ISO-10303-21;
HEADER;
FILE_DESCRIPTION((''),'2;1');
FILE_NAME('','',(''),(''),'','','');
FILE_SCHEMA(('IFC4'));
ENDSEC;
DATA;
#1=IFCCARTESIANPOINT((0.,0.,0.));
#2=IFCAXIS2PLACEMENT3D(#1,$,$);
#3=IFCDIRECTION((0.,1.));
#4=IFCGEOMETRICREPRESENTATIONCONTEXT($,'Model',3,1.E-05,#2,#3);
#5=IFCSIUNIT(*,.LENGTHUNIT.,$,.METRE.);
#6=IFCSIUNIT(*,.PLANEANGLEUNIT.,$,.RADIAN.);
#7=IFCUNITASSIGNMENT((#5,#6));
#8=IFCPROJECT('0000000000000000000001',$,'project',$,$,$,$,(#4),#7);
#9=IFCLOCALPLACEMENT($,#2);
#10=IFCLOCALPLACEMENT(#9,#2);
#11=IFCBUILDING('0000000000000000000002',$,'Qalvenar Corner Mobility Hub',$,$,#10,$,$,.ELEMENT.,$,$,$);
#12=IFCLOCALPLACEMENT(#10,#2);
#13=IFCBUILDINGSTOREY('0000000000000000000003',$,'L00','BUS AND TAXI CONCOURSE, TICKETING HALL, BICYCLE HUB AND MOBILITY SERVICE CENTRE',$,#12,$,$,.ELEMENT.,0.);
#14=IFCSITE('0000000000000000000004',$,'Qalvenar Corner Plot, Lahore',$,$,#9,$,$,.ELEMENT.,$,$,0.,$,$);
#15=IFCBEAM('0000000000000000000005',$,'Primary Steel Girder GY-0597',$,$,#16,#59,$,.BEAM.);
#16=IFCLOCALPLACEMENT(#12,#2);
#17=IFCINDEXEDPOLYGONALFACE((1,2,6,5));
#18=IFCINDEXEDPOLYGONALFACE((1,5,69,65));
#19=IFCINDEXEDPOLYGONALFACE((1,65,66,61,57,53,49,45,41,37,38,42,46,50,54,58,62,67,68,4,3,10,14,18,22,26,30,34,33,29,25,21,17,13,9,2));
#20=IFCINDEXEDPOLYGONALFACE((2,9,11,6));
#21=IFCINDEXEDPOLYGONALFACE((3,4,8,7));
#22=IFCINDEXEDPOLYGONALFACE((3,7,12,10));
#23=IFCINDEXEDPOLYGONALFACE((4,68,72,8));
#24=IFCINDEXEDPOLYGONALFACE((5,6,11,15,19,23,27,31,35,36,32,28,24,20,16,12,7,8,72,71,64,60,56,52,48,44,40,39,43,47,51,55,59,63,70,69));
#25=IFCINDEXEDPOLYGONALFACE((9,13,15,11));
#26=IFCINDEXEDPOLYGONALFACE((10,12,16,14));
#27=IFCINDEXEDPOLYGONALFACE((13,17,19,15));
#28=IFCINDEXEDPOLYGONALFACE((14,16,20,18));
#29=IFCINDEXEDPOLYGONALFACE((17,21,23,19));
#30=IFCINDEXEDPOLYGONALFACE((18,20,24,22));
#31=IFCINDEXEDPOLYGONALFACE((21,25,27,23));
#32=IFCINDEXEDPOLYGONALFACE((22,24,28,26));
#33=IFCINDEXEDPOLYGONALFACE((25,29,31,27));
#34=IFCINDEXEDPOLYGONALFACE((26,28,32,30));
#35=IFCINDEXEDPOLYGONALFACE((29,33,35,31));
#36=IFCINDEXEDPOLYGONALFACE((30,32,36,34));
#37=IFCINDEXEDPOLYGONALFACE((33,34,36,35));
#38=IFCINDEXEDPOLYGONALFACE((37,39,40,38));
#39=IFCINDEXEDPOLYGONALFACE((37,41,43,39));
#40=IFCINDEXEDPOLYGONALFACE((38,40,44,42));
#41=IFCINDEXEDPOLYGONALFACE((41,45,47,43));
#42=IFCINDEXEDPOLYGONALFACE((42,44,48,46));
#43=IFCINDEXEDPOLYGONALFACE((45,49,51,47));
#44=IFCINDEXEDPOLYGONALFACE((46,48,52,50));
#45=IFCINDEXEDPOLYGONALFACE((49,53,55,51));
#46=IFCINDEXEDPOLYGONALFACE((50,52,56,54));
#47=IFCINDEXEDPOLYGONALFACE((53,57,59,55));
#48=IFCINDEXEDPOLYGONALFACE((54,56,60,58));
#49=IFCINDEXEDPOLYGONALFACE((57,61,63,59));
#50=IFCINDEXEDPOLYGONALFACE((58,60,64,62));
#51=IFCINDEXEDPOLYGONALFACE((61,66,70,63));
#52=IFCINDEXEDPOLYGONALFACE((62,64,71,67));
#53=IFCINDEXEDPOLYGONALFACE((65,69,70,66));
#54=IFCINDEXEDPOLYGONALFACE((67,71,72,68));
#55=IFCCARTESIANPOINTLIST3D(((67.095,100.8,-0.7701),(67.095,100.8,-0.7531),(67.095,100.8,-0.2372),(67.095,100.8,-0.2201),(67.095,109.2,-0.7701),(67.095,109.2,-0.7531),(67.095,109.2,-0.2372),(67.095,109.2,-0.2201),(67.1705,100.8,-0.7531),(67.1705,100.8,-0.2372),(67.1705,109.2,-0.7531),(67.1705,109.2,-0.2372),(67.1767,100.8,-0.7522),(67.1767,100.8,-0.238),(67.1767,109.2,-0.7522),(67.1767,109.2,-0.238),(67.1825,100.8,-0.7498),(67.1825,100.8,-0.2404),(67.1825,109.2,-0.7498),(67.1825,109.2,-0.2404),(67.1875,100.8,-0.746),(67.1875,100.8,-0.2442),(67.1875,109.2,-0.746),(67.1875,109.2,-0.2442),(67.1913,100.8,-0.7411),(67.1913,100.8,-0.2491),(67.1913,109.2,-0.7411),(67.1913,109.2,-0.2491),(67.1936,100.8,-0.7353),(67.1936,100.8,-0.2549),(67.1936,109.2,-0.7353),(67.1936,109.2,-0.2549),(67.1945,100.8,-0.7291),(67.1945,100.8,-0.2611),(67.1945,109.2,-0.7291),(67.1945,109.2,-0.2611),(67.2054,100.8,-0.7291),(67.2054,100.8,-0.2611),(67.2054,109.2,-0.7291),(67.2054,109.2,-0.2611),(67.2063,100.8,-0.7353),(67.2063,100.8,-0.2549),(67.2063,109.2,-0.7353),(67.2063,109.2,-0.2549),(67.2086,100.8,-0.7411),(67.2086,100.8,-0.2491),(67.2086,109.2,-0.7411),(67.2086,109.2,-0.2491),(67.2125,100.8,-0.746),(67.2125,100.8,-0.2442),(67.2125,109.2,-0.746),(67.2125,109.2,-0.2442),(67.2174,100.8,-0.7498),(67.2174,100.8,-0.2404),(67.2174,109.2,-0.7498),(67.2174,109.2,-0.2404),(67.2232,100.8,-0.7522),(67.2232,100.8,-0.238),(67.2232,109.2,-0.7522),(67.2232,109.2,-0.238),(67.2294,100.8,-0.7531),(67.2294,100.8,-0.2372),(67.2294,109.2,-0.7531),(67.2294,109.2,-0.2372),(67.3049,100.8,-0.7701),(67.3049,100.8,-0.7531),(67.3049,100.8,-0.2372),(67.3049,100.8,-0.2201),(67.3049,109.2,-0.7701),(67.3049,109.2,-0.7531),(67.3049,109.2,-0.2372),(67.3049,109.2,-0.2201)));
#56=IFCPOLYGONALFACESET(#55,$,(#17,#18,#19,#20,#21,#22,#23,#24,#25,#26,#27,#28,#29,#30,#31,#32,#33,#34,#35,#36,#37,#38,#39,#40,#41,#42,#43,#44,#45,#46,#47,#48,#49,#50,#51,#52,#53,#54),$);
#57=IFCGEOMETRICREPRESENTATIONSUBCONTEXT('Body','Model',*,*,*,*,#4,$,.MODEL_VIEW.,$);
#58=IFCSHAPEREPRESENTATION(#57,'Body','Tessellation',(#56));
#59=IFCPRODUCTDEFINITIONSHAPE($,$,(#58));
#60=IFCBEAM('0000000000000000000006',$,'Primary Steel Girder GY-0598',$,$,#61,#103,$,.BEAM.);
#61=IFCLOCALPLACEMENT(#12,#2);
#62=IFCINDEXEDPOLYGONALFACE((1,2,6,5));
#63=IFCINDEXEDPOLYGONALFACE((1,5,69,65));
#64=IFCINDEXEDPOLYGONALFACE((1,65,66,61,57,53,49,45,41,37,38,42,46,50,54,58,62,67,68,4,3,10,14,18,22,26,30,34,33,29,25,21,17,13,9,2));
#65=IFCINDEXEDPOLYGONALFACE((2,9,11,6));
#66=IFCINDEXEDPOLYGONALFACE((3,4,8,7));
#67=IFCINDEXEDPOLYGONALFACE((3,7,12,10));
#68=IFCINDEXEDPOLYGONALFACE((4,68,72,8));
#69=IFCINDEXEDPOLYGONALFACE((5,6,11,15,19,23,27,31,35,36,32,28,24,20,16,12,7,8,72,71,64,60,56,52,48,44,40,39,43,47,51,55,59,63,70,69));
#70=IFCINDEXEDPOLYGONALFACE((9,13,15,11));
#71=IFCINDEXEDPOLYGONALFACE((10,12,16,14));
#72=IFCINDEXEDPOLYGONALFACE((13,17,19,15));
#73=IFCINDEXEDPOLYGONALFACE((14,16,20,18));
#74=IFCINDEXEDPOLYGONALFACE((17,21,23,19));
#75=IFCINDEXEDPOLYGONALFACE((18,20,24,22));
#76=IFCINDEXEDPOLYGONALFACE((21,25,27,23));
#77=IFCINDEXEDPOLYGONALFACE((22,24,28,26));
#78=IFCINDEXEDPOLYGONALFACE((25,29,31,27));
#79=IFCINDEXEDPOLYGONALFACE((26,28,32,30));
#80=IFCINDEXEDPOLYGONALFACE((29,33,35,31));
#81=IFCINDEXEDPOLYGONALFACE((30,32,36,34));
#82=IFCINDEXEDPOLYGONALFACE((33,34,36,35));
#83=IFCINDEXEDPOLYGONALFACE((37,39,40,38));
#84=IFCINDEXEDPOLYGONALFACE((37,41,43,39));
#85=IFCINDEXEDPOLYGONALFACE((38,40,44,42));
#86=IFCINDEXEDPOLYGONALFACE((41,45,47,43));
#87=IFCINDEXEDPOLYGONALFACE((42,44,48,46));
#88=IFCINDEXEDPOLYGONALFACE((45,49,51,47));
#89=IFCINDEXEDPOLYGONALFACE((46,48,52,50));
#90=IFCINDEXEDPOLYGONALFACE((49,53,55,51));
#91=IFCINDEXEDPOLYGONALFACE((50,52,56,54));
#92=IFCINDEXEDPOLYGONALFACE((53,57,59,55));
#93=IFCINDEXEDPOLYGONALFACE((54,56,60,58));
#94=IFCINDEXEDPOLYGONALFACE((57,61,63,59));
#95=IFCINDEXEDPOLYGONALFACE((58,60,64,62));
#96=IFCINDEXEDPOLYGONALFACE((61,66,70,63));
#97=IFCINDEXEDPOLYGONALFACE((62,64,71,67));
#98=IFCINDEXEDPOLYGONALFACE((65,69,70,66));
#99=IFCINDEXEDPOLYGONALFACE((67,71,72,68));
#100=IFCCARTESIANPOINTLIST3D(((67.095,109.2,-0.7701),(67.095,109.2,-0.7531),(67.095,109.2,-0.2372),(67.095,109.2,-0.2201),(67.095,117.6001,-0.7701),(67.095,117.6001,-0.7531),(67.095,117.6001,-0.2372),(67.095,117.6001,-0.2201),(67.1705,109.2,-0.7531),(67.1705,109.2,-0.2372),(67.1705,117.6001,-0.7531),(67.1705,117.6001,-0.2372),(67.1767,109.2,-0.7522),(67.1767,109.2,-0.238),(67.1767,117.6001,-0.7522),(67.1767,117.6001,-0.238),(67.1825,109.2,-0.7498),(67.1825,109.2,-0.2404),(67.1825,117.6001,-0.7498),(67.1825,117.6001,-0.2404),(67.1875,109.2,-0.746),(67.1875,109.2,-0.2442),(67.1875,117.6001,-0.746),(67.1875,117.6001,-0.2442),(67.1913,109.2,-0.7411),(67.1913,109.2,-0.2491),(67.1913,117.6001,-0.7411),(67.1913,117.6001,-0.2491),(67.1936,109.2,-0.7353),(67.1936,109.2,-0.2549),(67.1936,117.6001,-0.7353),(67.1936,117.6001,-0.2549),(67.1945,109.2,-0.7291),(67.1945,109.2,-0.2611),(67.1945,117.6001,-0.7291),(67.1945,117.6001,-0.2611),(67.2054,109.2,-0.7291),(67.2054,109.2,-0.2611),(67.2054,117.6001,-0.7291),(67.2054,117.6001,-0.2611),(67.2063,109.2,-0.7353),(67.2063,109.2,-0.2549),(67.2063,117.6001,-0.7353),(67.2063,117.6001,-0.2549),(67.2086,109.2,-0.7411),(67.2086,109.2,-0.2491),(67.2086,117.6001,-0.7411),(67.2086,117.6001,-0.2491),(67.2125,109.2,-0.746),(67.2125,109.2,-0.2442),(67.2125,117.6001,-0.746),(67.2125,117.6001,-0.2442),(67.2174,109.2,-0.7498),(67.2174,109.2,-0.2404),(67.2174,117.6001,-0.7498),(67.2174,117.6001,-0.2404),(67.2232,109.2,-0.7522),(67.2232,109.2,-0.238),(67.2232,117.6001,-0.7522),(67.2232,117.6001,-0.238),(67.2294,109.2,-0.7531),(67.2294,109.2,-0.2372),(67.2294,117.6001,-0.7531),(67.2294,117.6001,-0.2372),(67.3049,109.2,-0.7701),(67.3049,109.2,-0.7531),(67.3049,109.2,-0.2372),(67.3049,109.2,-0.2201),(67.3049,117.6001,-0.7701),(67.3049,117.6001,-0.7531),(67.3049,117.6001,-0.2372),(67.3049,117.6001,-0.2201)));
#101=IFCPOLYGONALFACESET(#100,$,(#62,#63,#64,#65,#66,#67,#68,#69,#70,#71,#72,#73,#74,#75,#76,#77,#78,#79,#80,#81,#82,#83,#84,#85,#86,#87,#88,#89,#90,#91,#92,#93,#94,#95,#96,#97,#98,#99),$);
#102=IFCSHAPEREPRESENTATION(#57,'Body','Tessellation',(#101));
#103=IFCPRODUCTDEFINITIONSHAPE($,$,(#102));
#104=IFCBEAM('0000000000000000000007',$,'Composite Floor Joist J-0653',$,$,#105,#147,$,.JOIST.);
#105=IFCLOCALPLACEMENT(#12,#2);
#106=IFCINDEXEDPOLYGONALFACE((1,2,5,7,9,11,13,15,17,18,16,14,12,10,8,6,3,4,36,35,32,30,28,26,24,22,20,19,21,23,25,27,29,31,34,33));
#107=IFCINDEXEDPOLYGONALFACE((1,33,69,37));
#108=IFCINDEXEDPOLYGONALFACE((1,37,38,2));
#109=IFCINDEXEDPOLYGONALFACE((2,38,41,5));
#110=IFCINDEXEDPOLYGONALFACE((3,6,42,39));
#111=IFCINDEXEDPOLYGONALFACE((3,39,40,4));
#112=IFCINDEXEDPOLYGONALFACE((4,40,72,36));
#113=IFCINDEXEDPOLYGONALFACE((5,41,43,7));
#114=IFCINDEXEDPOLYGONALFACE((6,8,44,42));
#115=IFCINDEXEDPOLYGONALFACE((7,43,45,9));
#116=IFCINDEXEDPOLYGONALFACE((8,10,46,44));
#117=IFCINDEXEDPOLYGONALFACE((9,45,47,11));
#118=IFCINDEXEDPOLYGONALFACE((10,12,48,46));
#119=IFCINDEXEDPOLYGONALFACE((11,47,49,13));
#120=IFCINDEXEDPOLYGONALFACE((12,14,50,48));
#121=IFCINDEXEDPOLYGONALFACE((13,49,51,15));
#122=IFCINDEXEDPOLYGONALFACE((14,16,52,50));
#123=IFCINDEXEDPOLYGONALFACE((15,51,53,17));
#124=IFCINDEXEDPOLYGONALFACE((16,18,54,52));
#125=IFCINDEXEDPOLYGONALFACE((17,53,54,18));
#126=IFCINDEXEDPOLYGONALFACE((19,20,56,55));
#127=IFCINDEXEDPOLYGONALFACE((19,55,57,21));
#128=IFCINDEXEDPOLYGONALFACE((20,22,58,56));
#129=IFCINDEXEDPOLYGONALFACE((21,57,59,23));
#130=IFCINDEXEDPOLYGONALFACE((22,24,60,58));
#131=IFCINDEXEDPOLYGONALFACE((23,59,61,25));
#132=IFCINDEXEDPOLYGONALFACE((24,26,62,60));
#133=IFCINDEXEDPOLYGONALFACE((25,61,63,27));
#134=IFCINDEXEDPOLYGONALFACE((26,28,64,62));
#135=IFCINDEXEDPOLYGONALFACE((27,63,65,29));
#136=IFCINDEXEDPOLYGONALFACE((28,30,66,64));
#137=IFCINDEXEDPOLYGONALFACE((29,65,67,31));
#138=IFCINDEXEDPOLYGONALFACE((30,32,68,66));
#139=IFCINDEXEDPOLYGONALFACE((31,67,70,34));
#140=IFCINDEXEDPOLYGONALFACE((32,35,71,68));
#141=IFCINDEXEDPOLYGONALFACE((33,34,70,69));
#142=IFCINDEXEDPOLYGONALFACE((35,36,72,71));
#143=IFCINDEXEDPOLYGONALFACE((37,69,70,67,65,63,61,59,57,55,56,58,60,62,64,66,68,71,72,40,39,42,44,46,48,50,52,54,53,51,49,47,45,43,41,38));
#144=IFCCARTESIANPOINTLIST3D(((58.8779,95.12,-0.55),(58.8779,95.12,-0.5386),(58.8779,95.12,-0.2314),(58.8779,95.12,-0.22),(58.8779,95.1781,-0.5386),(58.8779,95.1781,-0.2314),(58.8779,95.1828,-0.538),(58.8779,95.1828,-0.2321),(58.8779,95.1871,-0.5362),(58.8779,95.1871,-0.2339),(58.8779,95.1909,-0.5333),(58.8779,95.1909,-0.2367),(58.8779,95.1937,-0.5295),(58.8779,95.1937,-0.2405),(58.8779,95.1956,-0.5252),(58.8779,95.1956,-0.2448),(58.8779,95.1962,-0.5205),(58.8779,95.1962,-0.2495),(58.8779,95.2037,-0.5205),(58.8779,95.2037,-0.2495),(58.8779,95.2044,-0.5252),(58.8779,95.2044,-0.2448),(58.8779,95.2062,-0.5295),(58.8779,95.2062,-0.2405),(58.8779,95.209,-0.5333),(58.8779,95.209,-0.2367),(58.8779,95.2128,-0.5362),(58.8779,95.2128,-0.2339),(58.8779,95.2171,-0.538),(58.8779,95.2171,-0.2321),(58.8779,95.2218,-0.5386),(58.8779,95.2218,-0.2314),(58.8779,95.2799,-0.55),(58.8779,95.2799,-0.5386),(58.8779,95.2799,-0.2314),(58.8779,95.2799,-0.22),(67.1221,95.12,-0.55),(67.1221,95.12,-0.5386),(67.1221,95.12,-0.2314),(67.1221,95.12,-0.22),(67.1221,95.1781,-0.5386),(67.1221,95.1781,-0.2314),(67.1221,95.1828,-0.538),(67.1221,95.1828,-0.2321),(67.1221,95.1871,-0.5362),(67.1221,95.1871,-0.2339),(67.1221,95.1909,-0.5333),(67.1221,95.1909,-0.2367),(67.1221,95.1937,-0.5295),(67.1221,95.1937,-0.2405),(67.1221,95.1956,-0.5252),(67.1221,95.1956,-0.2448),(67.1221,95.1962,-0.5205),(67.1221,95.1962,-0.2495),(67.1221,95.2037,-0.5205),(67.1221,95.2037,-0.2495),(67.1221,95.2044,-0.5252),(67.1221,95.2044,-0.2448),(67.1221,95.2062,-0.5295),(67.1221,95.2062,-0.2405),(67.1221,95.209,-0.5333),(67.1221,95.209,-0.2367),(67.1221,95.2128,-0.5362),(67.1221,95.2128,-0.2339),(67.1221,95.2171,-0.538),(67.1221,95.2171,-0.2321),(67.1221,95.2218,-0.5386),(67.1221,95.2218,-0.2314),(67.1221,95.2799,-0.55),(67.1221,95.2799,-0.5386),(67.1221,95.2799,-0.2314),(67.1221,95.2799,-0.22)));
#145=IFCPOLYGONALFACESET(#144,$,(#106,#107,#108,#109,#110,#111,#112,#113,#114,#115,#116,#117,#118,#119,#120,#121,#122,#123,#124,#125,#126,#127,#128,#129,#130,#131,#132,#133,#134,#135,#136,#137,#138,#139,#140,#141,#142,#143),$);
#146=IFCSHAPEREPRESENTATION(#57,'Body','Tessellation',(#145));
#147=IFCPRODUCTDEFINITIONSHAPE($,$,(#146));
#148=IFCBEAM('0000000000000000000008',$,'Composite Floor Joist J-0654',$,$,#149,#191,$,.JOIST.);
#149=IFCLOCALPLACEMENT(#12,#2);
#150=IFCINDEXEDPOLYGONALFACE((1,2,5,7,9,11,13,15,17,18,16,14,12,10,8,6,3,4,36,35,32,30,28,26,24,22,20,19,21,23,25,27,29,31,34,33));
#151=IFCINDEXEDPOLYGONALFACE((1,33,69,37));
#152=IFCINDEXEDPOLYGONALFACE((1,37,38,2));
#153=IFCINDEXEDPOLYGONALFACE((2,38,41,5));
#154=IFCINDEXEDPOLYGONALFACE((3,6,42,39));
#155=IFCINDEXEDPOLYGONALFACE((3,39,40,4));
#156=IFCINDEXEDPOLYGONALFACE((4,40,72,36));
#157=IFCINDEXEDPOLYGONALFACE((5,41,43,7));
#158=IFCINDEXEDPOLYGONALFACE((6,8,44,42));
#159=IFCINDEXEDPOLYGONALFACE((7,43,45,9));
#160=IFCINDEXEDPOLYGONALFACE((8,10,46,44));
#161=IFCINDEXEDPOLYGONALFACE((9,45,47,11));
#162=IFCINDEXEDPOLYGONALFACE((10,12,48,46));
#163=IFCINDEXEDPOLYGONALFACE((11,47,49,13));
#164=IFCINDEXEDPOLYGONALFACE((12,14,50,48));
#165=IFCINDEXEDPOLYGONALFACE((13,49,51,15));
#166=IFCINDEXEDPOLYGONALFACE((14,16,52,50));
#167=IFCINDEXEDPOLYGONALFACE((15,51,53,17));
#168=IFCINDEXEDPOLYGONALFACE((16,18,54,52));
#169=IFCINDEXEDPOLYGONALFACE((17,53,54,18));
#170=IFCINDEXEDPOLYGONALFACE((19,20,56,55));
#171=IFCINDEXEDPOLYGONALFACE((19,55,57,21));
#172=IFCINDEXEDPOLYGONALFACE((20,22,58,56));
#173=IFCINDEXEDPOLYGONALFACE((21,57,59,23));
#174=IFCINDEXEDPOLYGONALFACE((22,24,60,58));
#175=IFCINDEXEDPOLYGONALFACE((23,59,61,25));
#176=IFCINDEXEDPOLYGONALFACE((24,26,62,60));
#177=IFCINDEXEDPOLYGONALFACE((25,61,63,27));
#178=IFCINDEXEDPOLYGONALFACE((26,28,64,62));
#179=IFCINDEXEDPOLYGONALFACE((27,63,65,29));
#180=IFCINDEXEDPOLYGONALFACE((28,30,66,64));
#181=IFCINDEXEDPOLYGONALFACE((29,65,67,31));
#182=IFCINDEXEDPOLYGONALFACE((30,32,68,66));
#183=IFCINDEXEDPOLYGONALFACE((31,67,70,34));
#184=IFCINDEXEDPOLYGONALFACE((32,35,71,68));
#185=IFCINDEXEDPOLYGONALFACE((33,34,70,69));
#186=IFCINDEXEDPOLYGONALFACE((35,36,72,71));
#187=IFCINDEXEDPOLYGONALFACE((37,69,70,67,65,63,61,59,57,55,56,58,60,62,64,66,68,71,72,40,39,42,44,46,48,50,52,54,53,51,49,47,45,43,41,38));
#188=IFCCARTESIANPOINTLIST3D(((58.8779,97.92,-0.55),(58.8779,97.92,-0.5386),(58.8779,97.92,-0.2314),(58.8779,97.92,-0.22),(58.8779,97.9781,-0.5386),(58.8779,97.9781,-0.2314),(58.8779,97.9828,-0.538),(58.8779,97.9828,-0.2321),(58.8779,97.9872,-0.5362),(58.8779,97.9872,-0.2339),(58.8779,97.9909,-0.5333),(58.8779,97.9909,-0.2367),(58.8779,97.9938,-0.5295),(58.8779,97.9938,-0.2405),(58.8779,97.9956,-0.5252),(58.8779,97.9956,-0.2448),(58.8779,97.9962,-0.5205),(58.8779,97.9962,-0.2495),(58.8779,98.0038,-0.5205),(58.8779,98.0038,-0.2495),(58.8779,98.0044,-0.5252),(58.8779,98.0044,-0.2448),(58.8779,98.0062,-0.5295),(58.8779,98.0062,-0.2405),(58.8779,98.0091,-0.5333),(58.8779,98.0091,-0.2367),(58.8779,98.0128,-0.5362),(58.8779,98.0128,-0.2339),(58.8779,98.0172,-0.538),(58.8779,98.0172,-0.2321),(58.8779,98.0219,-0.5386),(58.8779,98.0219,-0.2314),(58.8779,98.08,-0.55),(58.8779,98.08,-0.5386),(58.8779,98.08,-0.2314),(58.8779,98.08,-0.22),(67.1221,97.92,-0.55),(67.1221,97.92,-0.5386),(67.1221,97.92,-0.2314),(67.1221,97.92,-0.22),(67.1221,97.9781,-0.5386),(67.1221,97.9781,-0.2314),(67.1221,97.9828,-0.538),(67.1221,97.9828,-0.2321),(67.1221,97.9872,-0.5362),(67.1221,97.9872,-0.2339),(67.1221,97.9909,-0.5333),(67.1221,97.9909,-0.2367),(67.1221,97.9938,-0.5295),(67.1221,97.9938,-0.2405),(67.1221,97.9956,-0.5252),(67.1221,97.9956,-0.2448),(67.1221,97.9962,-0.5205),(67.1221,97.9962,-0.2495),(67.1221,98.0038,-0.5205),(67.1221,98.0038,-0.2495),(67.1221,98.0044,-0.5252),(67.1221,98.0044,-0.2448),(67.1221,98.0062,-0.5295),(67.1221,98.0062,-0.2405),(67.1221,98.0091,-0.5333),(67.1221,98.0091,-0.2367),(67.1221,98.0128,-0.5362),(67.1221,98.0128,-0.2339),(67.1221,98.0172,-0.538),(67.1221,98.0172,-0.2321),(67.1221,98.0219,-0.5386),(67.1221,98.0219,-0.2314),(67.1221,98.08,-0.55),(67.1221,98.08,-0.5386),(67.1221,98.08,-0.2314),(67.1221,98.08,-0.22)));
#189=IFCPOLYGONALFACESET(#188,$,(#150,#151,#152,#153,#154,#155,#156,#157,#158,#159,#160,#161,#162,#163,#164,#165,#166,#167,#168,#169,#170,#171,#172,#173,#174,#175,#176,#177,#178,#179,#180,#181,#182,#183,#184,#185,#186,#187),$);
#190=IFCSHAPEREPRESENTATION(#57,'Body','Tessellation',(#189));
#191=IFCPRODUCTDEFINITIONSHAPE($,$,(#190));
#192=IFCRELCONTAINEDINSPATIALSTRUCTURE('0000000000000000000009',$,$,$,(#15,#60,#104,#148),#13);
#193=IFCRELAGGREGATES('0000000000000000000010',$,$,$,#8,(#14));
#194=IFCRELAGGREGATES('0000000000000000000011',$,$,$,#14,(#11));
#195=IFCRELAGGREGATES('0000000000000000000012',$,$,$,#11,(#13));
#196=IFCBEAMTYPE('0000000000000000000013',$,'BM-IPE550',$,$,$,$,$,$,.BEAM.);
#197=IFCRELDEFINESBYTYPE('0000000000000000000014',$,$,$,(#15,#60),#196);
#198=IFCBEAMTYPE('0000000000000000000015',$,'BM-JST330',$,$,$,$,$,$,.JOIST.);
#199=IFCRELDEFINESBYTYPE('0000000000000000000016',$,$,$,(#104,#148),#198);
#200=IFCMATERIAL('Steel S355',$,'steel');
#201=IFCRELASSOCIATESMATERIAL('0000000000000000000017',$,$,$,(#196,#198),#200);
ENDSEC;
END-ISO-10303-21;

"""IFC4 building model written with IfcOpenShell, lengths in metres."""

from ifc_helpers import new_model, si_unit, direction, frame, origin, origin_2d, place, context, subcontext, project, spatial, i_section, extrude, material, material_profile, profile_set, type_object, element, save


model = new_model("IFC4")

# Units and contexts
model_context = context("Model", 3, precision=1e-05, world=origin(), true_north=direction((0.0, 1.0)))
body_context = subcontext(model_context, "Body", "Model", "MODEL_VIEW")
ifc_project = project(units=[si_unit("LENGTHUNIT", "METRE"), si_unit("PLANEANGLEUNIT", "RADIAN")], contexts=[model_context])

# Site, building, storey
site_placement = place(None, origin())
site = spatial("IfcSite", under=ifc_project, at=site_placement, Name="Qalvenar Corner Plot, Lahore", CompositionType="ELEMENT", RefElevation=0.0)
building_placement = place(site_placement, origin())
building = spatial("IfcBuilding", under=site, at=building_placement, Name="Qalvenar Corner Mobility Hub", CompositionType="ELEMENT")
storey_placement = place(building_placement, origin())
storey = spatial("IfcBuildingStorey", under=building, at=storey_placement, Name="L00", Description="BUS AND TAXI CONCOURSE, TICKETING HALL, BICYCLE HUB AND MOBILITY SERVICE CENTRE", CompositionType="ELEMENT", Elevation=0.0)

# Shared definitions
ifc_material_1 = material(Name="Steel S355", Category="steel")

# Beams
ifc_material_profile_1 = material_profile(ifc_material_1, i_section(OverallWidth=0.21, OverallDepth=0.55, WebThickness=0.011, FlangeThickness=0.0171, FilletRadius=0.0239, at=origin_2d()), Name="IPE550")
ifc_profile_set_1 = profile_set([ifc_material_profile_1], Name="Steel S355")
beam_type_1 = type_object("IfcBeamType", Name="BM-IPE550", PredefinedType="BEAM", material=ifc_profile_set_1)
beam_1_placement = place(storey_placement, frame((67.2, 100.8, -0.4951), z_axis=(0.0, 1.0, 0.0), x_axis=(-1.0, 0.0, 0.0)))
element("IfcBeam", 1, at=beam_1_placement, inside=storey, type_object=beam_type_1, Name="Primary Steel Girder GY-0597", PredefinedType="BEAM", context=body_context, shape_type="SweptSolid", body=[
    extrude(i_section(OverallWidth=0.21, OverallDepth=0.55, WebThickness=0.011, FlangeThickness=0.0171, FilletRadius=0.0239, at=origin_2d()), origin(), (0.0, 0.0, 1.0), 8.3999),
])
beam_2_placement = place(storey_placement, frame((67.2, 109.2, -0.4951), z_axis=(0.0, 1.0, 0.0), x_axis=(-1.0, 0.0, 0.0)))
element("IfcBeam", 2, at=beam_2_placement, inside=storey, type_object=beam_type_1, Name="Primary Steel Girder GY-0598", PredefinedType="BEAM", context=body_context, shape_type="SweptSolid", body=[
    extrude(i_section(OverallWidth=0.21, OverallDepth=0.55, WebThickness=0.011, FlangeThickness=0.0171, FilletRadius=0.0239, at=origin_2d()), origin(), (0.0, 0.0, 1.0), 8.4001),
])
ifc_material_profile_2 = material_profile(ifc_material_1, i_section(OverallWidth=0.1599, OverallDepth=0.3301, WebThickness=0.0076, FlangeThickness=0.0115, FilletRadius=0.0181, at=origin_2d()), Name="IPE330")
ifc_profile_set_2 = profile_set([ifc_material_profile_2], Name="Steel S355")
beam_type_2 = type_object("IfcBeamType", Name="BM-JST330", PredefinedType="JOIST", material=ifc_profile_set_2)
for number, where, z_axis, x_axis, name in (
    (3, (58.8779, 95.2, -0.385), (1.0, 0.0, 0.0), (0.0, 1.0, 0.0), "Composite Floor Joist J-0653"),
    (4, (58.8779, 98.0, -0.385), (1.0, 0.0, 0.0), (0.0, 1.0, 0.0), "Composite Floor Joist J-0654"),
):
    element("IfcBeam", number, at=place(storey_placement, frame(where, z_axis=z_axis, x_axis=x_axis)), inside=storey, type_object=beam_type_2, Name=name, PredefinedType="JOIST", context=body_context, shape_type="SweptSolid", body=[
        extrude(i_section(OverallWidth=0.1599, OverallDepth=0.3301, WebThickness=0.0076, FlangeThickness=0.0115, FilletRadius=0.0181, at=origin_2d()), origin(), (0.0, 0.0, 1.0), 8.2441),
    ])

save(model, "model.ifc")
